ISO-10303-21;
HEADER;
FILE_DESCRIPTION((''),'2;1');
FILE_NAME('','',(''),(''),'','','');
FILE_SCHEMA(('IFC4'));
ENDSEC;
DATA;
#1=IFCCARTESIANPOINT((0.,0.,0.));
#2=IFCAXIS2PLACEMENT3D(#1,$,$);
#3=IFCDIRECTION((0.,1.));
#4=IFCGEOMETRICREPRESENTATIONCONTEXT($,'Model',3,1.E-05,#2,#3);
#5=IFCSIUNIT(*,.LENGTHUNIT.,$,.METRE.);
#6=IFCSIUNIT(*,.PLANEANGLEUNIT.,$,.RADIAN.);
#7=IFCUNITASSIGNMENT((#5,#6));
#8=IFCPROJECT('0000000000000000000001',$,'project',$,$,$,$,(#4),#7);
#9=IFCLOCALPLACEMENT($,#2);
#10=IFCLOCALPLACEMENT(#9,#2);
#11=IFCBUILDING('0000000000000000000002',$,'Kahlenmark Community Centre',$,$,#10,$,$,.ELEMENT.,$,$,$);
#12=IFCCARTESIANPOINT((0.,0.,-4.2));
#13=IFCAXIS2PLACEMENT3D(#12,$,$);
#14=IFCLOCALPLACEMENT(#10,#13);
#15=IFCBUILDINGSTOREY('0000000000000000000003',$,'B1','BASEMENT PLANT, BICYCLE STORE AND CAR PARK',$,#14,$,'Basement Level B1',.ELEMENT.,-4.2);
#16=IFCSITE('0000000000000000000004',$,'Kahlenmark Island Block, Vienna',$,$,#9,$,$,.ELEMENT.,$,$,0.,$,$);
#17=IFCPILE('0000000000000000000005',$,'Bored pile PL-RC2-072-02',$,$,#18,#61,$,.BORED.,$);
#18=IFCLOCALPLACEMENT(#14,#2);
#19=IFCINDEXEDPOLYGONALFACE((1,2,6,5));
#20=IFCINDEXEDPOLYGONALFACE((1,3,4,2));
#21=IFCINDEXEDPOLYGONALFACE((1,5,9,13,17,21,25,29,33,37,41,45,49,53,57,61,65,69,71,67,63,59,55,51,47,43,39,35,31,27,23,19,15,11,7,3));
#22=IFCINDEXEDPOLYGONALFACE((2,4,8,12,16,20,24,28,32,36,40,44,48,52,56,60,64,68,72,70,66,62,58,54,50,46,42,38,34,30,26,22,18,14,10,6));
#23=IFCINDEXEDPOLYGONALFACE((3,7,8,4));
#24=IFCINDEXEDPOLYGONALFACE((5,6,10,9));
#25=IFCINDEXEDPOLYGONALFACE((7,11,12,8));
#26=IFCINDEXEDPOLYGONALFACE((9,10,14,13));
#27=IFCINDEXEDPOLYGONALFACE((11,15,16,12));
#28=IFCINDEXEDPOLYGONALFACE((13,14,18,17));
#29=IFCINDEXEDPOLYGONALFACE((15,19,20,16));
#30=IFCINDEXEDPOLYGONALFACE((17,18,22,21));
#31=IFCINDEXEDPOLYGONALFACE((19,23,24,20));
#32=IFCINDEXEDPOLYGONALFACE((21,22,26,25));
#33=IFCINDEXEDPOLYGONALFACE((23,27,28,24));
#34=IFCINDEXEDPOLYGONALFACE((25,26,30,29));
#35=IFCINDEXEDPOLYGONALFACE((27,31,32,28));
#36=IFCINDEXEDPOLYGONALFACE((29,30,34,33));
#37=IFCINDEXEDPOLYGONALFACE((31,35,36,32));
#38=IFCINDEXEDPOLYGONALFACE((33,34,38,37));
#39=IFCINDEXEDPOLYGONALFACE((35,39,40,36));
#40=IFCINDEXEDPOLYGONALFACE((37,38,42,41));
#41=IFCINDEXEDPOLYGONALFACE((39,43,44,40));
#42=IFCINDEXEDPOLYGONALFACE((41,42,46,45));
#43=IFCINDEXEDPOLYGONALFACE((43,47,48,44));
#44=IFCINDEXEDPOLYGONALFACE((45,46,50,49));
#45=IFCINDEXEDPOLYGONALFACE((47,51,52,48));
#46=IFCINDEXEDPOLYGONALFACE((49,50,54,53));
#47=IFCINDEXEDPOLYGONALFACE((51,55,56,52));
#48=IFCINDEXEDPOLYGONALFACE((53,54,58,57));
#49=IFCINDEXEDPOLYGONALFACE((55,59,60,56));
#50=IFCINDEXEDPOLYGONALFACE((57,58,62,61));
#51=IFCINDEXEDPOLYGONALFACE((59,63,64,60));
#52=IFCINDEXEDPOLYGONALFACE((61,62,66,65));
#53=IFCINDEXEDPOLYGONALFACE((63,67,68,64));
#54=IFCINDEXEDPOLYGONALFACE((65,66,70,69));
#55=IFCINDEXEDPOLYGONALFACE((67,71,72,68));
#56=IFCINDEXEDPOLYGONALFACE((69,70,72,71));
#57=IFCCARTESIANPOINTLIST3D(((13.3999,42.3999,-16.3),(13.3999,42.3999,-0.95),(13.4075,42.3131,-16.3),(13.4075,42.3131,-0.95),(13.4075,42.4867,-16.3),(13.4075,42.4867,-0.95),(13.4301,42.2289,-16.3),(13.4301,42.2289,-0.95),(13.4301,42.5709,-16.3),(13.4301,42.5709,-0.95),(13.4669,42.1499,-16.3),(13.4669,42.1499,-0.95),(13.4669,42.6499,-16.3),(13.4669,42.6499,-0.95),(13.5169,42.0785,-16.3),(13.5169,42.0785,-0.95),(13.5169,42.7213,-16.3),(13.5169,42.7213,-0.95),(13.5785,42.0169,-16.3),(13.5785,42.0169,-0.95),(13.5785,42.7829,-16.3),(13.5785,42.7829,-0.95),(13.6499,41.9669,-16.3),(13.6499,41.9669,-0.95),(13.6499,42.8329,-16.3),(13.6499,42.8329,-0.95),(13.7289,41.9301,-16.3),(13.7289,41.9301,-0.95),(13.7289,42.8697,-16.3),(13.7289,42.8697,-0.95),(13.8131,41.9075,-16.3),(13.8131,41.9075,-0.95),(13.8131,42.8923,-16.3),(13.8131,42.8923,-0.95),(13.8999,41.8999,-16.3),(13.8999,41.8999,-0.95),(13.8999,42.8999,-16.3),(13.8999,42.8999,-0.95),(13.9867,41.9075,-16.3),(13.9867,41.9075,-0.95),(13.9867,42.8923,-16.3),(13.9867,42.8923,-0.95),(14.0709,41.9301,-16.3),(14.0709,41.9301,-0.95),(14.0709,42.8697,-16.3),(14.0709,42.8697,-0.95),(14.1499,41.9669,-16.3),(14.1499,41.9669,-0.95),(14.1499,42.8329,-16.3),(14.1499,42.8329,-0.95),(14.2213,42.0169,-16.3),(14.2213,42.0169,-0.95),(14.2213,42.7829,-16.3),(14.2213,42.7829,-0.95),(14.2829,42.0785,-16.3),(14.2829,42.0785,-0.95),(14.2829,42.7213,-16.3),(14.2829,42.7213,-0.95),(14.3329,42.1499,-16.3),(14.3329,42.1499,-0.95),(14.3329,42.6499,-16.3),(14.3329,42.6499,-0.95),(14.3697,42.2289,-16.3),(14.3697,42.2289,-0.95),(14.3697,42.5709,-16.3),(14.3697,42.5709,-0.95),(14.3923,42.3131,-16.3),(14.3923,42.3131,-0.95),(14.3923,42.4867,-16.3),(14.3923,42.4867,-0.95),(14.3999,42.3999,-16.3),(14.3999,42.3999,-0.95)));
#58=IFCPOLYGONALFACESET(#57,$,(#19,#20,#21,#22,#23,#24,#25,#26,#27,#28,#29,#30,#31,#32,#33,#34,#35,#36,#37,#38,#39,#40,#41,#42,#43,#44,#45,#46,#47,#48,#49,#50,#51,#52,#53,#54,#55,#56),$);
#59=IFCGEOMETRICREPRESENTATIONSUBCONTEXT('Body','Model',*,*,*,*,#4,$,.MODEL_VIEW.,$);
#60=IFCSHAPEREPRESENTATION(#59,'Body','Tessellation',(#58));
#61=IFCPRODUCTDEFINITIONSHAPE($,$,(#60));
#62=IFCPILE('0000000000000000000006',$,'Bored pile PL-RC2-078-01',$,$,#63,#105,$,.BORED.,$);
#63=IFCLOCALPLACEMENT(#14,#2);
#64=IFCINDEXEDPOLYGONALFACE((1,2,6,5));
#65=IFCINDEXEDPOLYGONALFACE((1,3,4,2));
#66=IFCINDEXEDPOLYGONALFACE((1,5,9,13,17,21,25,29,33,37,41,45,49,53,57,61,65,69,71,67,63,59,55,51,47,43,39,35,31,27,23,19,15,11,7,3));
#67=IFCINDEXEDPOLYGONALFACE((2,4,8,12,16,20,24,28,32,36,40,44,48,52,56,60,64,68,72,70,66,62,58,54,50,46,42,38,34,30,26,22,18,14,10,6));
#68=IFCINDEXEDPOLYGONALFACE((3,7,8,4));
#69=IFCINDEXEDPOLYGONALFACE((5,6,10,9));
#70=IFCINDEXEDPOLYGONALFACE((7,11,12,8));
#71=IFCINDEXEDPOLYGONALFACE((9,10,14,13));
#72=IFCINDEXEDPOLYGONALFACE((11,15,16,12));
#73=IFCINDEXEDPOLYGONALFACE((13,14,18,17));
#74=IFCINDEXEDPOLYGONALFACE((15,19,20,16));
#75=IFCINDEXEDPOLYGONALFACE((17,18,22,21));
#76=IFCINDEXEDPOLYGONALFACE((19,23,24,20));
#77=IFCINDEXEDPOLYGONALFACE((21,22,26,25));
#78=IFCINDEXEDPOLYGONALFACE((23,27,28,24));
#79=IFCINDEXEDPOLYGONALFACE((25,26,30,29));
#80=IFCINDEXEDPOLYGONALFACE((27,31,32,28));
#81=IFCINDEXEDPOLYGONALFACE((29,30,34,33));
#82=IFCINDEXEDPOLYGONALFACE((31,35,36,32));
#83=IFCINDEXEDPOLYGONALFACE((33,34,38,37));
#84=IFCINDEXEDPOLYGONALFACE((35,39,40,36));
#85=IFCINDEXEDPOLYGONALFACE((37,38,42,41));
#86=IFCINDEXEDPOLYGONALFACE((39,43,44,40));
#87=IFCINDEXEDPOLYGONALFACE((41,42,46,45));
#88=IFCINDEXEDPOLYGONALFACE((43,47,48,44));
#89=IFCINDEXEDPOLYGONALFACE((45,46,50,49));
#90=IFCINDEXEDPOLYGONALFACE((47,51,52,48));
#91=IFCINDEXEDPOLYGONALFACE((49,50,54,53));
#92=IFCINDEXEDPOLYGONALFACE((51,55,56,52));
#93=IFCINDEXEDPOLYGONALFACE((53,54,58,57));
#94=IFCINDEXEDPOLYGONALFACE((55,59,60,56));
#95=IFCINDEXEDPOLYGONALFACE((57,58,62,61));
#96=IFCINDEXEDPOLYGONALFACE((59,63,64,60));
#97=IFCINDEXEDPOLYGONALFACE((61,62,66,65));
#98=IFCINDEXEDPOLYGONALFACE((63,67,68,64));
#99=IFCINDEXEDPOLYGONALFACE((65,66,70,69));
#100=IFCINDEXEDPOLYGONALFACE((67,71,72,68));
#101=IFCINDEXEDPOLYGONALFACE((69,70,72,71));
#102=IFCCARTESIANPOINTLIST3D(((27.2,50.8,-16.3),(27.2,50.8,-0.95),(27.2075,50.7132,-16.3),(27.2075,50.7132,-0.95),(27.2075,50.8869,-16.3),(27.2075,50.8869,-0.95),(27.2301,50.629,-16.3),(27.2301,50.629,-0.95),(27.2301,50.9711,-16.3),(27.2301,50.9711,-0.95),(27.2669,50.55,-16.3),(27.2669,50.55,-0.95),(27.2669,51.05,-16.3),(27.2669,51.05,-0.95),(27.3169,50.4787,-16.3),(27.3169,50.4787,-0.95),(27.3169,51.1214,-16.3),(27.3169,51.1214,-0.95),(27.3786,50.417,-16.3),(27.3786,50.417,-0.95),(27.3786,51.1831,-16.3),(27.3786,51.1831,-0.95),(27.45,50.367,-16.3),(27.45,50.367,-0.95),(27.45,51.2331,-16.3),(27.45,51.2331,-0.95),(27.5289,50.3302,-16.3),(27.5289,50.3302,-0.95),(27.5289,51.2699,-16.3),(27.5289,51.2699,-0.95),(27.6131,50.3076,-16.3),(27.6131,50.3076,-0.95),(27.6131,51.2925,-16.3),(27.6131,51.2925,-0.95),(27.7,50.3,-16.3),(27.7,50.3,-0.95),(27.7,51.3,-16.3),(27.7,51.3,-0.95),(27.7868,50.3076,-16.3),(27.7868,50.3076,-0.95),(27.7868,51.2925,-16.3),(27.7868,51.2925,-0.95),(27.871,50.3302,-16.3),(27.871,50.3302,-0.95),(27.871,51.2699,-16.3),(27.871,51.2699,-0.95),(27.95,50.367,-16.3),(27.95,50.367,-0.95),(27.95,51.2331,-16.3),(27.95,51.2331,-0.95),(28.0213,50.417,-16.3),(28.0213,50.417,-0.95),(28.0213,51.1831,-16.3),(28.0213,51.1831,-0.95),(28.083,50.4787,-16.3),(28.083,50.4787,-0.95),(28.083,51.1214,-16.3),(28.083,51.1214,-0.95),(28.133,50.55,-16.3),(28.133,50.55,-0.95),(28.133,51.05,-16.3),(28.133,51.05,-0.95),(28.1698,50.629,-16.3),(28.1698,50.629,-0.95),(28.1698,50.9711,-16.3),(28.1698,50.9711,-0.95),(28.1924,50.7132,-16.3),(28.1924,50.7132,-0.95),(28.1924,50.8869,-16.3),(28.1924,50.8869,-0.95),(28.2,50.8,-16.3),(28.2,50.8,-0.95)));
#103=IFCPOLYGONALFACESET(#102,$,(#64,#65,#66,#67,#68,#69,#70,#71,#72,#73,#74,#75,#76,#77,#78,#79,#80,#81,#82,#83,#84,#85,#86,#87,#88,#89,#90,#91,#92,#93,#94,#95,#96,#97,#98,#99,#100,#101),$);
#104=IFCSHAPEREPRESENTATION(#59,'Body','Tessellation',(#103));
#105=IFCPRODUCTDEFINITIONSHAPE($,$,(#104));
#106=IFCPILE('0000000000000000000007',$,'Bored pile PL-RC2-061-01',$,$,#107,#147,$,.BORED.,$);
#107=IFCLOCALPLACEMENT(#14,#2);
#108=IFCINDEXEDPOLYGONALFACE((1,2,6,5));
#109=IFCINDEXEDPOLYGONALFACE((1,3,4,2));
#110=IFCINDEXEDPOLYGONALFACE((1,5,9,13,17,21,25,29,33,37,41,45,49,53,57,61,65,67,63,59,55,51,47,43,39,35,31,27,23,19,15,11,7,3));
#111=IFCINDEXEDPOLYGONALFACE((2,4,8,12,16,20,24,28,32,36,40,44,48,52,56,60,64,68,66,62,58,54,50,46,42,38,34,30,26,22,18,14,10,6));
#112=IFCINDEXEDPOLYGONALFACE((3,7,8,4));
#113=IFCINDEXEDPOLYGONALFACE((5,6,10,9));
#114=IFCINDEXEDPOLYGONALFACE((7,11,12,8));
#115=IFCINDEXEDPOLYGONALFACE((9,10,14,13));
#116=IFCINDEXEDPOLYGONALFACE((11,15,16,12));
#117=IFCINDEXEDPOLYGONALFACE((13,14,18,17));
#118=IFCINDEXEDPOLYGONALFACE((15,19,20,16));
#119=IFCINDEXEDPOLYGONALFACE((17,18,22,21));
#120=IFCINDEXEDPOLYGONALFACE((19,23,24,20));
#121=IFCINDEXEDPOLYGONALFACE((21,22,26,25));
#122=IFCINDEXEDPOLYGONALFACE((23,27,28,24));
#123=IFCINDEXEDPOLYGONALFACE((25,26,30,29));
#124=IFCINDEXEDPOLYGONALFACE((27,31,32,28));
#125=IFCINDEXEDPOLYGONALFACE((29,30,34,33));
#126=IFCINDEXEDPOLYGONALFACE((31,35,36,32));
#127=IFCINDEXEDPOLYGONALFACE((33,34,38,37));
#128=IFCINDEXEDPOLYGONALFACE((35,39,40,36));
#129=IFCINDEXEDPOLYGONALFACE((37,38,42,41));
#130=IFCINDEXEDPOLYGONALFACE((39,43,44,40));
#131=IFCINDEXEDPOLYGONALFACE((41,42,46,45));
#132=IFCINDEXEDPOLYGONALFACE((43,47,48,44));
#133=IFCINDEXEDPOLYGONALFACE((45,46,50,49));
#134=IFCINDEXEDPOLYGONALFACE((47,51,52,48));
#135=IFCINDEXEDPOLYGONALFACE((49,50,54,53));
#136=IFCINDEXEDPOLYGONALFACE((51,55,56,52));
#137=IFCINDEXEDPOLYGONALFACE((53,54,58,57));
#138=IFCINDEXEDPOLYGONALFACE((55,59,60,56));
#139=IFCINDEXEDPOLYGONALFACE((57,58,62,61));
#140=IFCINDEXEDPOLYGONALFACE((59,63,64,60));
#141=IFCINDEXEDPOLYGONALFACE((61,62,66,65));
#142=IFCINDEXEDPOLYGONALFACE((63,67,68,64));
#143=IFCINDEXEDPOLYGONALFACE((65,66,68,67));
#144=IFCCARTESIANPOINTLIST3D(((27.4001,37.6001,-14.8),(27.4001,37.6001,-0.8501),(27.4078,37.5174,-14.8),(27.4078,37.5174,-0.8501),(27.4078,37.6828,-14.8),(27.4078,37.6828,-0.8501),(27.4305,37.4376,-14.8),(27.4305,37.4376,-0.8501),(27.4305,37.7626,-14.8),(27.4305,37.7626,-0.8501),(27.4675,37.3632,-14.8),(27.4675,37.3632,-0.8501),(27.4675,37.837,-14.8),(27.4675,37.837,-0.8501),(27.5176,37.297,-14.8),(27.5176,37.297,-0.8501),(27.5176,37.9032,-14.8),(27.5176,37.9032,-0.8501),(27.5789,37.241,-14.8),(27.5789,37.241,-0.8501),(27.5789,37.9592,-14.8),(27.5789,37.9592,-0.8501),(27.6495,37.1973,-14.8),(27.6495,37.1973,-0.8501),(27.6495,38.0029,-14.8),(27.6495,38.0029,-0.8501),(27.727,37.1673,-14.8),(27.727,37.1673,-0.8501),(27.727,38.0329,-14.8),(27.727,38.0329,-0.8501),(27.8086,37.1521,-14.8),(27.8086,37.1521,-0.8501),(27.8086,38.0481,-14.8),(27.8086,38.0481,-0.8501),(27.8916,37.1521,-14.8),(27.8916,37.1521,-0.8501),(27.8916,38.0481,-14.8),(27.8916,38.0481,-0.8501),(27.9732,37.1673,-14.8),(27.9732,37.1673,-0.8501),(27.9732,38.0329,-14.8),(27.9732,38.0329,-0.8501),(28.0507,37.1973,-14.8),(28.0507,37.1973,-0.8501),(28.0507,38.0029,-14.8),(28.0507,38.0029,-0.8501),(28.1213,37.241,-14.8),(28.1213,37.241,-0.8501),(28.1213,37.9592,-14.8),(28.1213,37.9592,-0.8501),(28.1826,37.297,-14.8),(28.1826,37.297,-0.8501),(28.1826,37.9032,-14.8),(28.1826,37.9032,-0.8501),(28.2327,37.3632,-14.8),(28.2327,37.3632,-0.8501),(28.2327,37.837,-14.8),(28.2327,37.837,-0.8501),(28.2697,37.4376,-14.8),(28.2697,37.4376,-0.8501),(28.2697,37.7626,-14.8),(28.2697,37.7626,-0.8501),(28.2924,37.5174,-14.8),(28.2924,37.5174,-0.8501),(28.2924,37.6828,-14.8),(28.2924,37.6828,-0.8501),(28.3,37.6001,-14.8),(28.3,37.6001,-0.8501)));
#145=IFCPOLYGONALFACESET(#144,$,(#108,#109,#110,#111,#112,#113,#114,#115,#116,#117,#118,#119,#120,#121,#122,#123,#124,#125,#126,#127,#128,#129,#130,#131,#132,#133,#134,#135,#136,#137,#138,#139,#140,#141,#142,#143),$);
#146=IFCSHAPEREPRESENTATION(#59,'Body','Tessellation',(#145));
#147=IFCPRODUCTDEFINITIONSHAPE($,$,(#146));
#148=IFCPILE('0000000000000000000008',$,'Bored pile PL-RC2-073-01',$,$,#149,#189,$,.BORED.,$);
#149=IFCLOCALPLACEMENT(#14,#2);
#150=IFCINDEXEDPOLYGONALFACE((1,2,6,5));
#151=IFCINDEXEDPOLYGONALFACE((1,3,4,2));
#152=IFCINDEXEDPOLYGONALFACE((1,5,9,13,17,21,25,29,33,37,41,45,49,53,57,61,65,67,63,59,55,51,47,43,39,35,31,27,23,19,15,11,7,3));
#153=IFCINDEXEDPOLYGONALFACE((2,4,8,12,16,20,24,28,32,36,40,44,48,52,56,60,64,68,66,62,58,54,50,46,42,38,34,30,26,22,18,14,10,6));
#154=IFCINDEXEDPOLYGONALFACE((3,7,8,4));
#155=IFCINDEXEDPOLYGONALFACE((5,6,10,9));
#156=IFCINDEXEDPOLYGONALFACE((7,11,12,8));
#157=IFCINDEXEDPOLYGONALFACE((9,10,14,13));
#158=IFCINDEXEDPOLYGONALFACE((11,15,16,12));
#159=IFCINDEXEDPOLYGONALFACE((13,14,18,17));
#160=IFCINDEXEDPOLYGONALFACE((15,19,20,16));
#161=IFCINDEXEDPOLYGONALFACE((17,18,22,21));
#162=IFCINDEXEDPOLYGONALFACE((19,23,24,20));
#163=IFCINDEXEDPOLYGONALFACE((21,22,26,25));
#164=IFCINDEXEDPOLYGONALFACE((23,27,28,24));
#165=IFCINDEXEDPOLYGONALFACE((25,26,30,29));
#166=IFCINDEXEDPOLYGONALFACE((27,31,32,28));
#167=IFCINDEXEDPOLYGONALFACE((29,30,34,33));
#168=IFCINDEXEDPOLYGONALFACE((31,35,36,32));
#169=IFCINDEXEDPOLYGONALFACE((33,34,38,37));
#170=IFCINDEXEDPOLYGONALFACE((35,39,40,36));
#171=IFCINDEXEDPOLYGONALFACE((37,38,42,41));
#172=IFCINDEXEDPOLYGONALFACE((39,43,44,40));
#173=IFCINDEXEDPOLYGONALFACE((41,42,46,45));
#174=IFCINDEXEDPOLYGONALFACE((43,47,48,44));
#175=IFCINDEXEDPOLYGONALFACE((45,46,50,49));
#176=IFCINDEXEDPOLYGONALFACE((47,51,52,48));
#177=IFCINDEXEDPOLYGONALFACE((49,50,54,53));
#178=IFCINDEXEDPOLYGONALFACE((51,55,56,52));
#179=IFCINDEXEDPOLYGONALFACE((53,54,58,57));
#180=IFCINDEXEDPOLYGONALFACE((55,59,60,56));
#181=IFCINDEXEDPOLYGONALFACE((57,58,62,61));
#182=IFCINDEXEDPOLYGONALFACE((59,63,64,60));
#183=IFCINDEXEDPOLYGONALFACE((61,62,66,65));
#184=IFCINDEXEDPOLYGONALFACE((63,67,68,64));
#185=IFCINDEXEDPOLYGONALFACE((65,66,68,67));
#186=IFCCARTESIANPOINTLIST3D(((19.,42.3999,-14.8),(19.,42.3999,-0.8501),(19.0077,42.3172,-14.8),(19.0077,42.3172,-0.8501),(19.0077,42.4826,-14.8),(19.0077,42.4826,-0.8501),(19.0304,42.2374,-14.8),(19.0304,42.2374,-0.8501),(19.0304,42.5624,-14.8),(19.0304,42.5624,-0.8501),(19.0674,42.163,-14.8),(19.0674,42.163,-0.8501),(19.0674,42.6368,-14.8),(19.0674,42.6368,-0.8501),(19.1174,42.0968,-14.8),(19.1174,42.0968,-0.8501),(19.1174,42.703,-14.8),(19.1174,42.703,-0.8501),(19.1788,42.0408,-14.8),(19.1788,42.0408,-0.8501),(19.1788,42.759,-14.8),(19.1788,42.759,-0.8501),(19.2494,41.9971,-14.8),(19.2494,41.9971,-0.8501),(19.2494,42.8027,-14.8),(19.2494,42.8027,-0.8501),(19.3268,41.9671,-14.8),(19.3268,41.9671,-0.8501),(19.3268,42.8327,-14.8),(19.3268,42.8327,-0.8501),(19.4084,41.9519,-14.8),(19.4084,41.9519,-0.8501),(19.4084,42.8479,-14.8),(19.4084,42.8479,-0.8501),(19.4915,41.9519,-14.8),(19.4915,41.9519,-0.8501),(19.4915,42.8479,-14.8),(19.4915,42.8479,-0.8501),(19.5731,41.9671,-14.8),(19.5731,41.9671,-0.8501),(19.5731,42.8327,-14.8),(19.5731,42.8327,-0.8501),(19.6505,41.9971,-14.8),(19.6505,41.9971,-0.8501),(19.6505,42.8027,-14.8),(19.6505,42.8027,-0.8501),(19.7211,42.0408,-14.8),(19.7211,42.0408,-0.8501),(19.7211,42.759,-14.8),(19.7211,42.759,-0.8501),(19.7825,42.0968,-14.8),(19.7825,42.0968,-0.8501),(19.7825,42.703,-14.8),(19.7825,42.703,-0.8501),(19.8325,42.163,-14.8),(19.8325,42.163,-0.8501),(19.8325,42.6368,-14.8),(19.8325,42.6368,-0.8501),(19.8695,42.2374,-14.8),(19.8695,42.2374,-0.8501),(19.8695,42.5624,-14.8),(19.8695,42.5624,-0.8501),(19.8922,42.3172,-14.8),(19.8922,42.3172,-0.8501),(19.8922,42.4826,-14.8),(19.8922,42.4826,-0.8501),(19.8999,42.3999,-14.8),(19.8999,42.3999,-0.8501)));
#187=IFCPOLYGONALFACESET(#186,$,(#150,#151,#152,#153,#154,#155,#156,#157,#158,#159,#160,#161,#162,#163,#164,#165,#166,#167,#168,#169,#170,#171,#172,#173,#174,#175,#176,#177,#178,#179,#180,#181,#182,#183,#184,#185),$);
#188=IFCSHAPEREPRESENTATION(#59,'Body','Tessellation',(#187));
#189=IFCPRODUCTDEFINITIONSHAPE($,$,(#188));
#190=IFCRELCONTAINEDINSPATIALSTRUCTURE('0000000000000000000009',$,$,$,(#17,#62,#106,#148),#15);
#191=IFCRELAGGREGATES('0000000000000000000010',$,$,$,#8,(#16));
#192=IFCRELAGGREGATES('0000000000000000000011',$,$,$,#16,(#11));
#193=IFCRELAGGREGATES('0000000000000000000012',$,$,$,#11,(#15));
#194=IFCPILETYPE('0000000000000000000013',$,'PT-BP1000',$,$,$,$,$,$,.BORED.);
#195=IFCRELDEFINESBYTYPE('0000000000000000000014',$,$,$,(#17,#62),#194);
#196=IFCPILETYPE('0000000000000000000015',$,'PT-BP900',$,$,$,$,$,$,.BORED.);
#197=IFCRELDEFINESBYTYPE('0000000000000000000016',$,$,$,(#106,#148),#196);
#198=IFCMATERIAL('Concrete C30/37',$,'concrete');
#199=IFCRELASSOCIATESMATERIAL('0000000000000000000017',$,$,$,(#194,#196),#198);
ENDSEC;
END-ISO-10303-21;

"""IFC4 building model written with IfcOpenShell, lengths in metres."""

from ifc_helpers import new_model, si_unit, direction, frame, origin, origin_2d, place, context, subcontext, project, spatial, circle, extrude, material, material_profile, profile_set, type_object, element, save


model = new_model("IFC4")

# Units and contexts
model_context = context("Model", 3, precision=1e-05, world=origin(), true_north=direction((0.0, 1.0)))
body_context = subcontext(model_context, "Body", "Model", "MODEL_VIEW")
ifc_project = project(units=[si_unit("LENGTHUNIT", "METRE"), si_unit("PLANEANGLEUNIT", "RADIAN")], contexts=[model_context])

# Site, building, storey
site_placement = place(None, origin())
site = spatial("IfcSite", under=ifc_project, at=site_placement, Name="Kahlenmark Island Block, Vienna", CompositionType="ELEMENT", RefElevation=0.0)
building_placement = place(site_placement, origin())
building = spatial("IfcBuilding", under=site, at=building_placement, Name="Kahlenmark Community Centre", CompositionType="ELEMENT")
storey_placement = place(building_placement, frame((0.0, 0.0, -4.2)))
storey = spatial("IfcBuildingStorey", under=building, at=storey_placement, Name="B1", Description="BASEMENT PLANT, BICYCLE STORE AND CAR PARK", LongName="Basement Level B1", CompositionType="ELEMENT", Elevation=-4.2)

# Shared definitions
ifc_material_1 = material(Name="Concrete C30/37", Category="concrete")

# Piles
ifc_material_profile_1 = material_profile(ifc_material_1, circle(Radius=0.5, at=origin_2d()), Name="BORED PILE 1000")
ifc_profile_set_1 = profile_set([ifc_material_profile_1], Name="Concrete C30/37")
pile_type_1 = type_object("IfcPileType", Name="PT-BP1000", PredefinedType="BORED", material=ifc_profile_set_1)
for number, where, z_axis, x_axis, name in (
    (1, (13.8999, 42.3999, -0.95), (0.0, 0.0, -1.0), (1.0, 0.0, 0.0), "Bored pile PL-RC2-072-02"),
    (2, (27.7, 50.8, -0.95), (0.0, 0.0, -1.0), (1.0, 0.0, 0.0), "Bored pile PL-RC2-078-01"),
):
    element("IfcPile", number, at=place(storey_placement, frame(where, z_axis=z_axis, x_axis=x_axis)), inside=storey, type_object=pile_type_1, Name=name, PredefinedType="BORED", context=body_context, shape_type="SweptSolid", body=[
        extrude(circle(Radius=0.5, at=origin_2d()), origin(), (0.0, 0.0, 1.0), 15.3501),
    ])
ifc_material_profile_2 = material_profile(ifc_material_1, circle(Radius=0.45, at=origin_2d()), Name="BORED PILE 900")
ifc_profile_set_2 = profile_set([ifc_material_profile_2], Name="Concrete C30/37")
pile_type_2 = type_object("IfcPileType", Name="PT-BP900", PredefinedType="BORED", material=ifc_profile_set_2)
for number, where, z_axis, x_axis, name in (
    (3, (27.8501, 37.6001, -0.8501), (0.0, 0.0, -1.0), (1.0, 0.0, 0.0), "Bored pile PL-RC2-061-01"),
    (4, (19.45, 42.3999, -0.8501), (0.0, 0.0, -1.0), (1.0, 0.0, 0.0), "Bored pile PL-RC2-073-01"),
):
    element("IfcPile", number, at=place(storey_placement, frame(where, z_axis=z_axis, x_axis=x_axis)), inside=storey, type_object=pile_type_2, Name=name, PredefinedType="BORED", context=body_context, shape_type="SweptSolid", body=[
        extrude(circle(Radius=0.45, at=origin_2d()), origin(), (0.0, 0.0, 1.0), 13.95),
    ])

save(model, "model.ifc")
